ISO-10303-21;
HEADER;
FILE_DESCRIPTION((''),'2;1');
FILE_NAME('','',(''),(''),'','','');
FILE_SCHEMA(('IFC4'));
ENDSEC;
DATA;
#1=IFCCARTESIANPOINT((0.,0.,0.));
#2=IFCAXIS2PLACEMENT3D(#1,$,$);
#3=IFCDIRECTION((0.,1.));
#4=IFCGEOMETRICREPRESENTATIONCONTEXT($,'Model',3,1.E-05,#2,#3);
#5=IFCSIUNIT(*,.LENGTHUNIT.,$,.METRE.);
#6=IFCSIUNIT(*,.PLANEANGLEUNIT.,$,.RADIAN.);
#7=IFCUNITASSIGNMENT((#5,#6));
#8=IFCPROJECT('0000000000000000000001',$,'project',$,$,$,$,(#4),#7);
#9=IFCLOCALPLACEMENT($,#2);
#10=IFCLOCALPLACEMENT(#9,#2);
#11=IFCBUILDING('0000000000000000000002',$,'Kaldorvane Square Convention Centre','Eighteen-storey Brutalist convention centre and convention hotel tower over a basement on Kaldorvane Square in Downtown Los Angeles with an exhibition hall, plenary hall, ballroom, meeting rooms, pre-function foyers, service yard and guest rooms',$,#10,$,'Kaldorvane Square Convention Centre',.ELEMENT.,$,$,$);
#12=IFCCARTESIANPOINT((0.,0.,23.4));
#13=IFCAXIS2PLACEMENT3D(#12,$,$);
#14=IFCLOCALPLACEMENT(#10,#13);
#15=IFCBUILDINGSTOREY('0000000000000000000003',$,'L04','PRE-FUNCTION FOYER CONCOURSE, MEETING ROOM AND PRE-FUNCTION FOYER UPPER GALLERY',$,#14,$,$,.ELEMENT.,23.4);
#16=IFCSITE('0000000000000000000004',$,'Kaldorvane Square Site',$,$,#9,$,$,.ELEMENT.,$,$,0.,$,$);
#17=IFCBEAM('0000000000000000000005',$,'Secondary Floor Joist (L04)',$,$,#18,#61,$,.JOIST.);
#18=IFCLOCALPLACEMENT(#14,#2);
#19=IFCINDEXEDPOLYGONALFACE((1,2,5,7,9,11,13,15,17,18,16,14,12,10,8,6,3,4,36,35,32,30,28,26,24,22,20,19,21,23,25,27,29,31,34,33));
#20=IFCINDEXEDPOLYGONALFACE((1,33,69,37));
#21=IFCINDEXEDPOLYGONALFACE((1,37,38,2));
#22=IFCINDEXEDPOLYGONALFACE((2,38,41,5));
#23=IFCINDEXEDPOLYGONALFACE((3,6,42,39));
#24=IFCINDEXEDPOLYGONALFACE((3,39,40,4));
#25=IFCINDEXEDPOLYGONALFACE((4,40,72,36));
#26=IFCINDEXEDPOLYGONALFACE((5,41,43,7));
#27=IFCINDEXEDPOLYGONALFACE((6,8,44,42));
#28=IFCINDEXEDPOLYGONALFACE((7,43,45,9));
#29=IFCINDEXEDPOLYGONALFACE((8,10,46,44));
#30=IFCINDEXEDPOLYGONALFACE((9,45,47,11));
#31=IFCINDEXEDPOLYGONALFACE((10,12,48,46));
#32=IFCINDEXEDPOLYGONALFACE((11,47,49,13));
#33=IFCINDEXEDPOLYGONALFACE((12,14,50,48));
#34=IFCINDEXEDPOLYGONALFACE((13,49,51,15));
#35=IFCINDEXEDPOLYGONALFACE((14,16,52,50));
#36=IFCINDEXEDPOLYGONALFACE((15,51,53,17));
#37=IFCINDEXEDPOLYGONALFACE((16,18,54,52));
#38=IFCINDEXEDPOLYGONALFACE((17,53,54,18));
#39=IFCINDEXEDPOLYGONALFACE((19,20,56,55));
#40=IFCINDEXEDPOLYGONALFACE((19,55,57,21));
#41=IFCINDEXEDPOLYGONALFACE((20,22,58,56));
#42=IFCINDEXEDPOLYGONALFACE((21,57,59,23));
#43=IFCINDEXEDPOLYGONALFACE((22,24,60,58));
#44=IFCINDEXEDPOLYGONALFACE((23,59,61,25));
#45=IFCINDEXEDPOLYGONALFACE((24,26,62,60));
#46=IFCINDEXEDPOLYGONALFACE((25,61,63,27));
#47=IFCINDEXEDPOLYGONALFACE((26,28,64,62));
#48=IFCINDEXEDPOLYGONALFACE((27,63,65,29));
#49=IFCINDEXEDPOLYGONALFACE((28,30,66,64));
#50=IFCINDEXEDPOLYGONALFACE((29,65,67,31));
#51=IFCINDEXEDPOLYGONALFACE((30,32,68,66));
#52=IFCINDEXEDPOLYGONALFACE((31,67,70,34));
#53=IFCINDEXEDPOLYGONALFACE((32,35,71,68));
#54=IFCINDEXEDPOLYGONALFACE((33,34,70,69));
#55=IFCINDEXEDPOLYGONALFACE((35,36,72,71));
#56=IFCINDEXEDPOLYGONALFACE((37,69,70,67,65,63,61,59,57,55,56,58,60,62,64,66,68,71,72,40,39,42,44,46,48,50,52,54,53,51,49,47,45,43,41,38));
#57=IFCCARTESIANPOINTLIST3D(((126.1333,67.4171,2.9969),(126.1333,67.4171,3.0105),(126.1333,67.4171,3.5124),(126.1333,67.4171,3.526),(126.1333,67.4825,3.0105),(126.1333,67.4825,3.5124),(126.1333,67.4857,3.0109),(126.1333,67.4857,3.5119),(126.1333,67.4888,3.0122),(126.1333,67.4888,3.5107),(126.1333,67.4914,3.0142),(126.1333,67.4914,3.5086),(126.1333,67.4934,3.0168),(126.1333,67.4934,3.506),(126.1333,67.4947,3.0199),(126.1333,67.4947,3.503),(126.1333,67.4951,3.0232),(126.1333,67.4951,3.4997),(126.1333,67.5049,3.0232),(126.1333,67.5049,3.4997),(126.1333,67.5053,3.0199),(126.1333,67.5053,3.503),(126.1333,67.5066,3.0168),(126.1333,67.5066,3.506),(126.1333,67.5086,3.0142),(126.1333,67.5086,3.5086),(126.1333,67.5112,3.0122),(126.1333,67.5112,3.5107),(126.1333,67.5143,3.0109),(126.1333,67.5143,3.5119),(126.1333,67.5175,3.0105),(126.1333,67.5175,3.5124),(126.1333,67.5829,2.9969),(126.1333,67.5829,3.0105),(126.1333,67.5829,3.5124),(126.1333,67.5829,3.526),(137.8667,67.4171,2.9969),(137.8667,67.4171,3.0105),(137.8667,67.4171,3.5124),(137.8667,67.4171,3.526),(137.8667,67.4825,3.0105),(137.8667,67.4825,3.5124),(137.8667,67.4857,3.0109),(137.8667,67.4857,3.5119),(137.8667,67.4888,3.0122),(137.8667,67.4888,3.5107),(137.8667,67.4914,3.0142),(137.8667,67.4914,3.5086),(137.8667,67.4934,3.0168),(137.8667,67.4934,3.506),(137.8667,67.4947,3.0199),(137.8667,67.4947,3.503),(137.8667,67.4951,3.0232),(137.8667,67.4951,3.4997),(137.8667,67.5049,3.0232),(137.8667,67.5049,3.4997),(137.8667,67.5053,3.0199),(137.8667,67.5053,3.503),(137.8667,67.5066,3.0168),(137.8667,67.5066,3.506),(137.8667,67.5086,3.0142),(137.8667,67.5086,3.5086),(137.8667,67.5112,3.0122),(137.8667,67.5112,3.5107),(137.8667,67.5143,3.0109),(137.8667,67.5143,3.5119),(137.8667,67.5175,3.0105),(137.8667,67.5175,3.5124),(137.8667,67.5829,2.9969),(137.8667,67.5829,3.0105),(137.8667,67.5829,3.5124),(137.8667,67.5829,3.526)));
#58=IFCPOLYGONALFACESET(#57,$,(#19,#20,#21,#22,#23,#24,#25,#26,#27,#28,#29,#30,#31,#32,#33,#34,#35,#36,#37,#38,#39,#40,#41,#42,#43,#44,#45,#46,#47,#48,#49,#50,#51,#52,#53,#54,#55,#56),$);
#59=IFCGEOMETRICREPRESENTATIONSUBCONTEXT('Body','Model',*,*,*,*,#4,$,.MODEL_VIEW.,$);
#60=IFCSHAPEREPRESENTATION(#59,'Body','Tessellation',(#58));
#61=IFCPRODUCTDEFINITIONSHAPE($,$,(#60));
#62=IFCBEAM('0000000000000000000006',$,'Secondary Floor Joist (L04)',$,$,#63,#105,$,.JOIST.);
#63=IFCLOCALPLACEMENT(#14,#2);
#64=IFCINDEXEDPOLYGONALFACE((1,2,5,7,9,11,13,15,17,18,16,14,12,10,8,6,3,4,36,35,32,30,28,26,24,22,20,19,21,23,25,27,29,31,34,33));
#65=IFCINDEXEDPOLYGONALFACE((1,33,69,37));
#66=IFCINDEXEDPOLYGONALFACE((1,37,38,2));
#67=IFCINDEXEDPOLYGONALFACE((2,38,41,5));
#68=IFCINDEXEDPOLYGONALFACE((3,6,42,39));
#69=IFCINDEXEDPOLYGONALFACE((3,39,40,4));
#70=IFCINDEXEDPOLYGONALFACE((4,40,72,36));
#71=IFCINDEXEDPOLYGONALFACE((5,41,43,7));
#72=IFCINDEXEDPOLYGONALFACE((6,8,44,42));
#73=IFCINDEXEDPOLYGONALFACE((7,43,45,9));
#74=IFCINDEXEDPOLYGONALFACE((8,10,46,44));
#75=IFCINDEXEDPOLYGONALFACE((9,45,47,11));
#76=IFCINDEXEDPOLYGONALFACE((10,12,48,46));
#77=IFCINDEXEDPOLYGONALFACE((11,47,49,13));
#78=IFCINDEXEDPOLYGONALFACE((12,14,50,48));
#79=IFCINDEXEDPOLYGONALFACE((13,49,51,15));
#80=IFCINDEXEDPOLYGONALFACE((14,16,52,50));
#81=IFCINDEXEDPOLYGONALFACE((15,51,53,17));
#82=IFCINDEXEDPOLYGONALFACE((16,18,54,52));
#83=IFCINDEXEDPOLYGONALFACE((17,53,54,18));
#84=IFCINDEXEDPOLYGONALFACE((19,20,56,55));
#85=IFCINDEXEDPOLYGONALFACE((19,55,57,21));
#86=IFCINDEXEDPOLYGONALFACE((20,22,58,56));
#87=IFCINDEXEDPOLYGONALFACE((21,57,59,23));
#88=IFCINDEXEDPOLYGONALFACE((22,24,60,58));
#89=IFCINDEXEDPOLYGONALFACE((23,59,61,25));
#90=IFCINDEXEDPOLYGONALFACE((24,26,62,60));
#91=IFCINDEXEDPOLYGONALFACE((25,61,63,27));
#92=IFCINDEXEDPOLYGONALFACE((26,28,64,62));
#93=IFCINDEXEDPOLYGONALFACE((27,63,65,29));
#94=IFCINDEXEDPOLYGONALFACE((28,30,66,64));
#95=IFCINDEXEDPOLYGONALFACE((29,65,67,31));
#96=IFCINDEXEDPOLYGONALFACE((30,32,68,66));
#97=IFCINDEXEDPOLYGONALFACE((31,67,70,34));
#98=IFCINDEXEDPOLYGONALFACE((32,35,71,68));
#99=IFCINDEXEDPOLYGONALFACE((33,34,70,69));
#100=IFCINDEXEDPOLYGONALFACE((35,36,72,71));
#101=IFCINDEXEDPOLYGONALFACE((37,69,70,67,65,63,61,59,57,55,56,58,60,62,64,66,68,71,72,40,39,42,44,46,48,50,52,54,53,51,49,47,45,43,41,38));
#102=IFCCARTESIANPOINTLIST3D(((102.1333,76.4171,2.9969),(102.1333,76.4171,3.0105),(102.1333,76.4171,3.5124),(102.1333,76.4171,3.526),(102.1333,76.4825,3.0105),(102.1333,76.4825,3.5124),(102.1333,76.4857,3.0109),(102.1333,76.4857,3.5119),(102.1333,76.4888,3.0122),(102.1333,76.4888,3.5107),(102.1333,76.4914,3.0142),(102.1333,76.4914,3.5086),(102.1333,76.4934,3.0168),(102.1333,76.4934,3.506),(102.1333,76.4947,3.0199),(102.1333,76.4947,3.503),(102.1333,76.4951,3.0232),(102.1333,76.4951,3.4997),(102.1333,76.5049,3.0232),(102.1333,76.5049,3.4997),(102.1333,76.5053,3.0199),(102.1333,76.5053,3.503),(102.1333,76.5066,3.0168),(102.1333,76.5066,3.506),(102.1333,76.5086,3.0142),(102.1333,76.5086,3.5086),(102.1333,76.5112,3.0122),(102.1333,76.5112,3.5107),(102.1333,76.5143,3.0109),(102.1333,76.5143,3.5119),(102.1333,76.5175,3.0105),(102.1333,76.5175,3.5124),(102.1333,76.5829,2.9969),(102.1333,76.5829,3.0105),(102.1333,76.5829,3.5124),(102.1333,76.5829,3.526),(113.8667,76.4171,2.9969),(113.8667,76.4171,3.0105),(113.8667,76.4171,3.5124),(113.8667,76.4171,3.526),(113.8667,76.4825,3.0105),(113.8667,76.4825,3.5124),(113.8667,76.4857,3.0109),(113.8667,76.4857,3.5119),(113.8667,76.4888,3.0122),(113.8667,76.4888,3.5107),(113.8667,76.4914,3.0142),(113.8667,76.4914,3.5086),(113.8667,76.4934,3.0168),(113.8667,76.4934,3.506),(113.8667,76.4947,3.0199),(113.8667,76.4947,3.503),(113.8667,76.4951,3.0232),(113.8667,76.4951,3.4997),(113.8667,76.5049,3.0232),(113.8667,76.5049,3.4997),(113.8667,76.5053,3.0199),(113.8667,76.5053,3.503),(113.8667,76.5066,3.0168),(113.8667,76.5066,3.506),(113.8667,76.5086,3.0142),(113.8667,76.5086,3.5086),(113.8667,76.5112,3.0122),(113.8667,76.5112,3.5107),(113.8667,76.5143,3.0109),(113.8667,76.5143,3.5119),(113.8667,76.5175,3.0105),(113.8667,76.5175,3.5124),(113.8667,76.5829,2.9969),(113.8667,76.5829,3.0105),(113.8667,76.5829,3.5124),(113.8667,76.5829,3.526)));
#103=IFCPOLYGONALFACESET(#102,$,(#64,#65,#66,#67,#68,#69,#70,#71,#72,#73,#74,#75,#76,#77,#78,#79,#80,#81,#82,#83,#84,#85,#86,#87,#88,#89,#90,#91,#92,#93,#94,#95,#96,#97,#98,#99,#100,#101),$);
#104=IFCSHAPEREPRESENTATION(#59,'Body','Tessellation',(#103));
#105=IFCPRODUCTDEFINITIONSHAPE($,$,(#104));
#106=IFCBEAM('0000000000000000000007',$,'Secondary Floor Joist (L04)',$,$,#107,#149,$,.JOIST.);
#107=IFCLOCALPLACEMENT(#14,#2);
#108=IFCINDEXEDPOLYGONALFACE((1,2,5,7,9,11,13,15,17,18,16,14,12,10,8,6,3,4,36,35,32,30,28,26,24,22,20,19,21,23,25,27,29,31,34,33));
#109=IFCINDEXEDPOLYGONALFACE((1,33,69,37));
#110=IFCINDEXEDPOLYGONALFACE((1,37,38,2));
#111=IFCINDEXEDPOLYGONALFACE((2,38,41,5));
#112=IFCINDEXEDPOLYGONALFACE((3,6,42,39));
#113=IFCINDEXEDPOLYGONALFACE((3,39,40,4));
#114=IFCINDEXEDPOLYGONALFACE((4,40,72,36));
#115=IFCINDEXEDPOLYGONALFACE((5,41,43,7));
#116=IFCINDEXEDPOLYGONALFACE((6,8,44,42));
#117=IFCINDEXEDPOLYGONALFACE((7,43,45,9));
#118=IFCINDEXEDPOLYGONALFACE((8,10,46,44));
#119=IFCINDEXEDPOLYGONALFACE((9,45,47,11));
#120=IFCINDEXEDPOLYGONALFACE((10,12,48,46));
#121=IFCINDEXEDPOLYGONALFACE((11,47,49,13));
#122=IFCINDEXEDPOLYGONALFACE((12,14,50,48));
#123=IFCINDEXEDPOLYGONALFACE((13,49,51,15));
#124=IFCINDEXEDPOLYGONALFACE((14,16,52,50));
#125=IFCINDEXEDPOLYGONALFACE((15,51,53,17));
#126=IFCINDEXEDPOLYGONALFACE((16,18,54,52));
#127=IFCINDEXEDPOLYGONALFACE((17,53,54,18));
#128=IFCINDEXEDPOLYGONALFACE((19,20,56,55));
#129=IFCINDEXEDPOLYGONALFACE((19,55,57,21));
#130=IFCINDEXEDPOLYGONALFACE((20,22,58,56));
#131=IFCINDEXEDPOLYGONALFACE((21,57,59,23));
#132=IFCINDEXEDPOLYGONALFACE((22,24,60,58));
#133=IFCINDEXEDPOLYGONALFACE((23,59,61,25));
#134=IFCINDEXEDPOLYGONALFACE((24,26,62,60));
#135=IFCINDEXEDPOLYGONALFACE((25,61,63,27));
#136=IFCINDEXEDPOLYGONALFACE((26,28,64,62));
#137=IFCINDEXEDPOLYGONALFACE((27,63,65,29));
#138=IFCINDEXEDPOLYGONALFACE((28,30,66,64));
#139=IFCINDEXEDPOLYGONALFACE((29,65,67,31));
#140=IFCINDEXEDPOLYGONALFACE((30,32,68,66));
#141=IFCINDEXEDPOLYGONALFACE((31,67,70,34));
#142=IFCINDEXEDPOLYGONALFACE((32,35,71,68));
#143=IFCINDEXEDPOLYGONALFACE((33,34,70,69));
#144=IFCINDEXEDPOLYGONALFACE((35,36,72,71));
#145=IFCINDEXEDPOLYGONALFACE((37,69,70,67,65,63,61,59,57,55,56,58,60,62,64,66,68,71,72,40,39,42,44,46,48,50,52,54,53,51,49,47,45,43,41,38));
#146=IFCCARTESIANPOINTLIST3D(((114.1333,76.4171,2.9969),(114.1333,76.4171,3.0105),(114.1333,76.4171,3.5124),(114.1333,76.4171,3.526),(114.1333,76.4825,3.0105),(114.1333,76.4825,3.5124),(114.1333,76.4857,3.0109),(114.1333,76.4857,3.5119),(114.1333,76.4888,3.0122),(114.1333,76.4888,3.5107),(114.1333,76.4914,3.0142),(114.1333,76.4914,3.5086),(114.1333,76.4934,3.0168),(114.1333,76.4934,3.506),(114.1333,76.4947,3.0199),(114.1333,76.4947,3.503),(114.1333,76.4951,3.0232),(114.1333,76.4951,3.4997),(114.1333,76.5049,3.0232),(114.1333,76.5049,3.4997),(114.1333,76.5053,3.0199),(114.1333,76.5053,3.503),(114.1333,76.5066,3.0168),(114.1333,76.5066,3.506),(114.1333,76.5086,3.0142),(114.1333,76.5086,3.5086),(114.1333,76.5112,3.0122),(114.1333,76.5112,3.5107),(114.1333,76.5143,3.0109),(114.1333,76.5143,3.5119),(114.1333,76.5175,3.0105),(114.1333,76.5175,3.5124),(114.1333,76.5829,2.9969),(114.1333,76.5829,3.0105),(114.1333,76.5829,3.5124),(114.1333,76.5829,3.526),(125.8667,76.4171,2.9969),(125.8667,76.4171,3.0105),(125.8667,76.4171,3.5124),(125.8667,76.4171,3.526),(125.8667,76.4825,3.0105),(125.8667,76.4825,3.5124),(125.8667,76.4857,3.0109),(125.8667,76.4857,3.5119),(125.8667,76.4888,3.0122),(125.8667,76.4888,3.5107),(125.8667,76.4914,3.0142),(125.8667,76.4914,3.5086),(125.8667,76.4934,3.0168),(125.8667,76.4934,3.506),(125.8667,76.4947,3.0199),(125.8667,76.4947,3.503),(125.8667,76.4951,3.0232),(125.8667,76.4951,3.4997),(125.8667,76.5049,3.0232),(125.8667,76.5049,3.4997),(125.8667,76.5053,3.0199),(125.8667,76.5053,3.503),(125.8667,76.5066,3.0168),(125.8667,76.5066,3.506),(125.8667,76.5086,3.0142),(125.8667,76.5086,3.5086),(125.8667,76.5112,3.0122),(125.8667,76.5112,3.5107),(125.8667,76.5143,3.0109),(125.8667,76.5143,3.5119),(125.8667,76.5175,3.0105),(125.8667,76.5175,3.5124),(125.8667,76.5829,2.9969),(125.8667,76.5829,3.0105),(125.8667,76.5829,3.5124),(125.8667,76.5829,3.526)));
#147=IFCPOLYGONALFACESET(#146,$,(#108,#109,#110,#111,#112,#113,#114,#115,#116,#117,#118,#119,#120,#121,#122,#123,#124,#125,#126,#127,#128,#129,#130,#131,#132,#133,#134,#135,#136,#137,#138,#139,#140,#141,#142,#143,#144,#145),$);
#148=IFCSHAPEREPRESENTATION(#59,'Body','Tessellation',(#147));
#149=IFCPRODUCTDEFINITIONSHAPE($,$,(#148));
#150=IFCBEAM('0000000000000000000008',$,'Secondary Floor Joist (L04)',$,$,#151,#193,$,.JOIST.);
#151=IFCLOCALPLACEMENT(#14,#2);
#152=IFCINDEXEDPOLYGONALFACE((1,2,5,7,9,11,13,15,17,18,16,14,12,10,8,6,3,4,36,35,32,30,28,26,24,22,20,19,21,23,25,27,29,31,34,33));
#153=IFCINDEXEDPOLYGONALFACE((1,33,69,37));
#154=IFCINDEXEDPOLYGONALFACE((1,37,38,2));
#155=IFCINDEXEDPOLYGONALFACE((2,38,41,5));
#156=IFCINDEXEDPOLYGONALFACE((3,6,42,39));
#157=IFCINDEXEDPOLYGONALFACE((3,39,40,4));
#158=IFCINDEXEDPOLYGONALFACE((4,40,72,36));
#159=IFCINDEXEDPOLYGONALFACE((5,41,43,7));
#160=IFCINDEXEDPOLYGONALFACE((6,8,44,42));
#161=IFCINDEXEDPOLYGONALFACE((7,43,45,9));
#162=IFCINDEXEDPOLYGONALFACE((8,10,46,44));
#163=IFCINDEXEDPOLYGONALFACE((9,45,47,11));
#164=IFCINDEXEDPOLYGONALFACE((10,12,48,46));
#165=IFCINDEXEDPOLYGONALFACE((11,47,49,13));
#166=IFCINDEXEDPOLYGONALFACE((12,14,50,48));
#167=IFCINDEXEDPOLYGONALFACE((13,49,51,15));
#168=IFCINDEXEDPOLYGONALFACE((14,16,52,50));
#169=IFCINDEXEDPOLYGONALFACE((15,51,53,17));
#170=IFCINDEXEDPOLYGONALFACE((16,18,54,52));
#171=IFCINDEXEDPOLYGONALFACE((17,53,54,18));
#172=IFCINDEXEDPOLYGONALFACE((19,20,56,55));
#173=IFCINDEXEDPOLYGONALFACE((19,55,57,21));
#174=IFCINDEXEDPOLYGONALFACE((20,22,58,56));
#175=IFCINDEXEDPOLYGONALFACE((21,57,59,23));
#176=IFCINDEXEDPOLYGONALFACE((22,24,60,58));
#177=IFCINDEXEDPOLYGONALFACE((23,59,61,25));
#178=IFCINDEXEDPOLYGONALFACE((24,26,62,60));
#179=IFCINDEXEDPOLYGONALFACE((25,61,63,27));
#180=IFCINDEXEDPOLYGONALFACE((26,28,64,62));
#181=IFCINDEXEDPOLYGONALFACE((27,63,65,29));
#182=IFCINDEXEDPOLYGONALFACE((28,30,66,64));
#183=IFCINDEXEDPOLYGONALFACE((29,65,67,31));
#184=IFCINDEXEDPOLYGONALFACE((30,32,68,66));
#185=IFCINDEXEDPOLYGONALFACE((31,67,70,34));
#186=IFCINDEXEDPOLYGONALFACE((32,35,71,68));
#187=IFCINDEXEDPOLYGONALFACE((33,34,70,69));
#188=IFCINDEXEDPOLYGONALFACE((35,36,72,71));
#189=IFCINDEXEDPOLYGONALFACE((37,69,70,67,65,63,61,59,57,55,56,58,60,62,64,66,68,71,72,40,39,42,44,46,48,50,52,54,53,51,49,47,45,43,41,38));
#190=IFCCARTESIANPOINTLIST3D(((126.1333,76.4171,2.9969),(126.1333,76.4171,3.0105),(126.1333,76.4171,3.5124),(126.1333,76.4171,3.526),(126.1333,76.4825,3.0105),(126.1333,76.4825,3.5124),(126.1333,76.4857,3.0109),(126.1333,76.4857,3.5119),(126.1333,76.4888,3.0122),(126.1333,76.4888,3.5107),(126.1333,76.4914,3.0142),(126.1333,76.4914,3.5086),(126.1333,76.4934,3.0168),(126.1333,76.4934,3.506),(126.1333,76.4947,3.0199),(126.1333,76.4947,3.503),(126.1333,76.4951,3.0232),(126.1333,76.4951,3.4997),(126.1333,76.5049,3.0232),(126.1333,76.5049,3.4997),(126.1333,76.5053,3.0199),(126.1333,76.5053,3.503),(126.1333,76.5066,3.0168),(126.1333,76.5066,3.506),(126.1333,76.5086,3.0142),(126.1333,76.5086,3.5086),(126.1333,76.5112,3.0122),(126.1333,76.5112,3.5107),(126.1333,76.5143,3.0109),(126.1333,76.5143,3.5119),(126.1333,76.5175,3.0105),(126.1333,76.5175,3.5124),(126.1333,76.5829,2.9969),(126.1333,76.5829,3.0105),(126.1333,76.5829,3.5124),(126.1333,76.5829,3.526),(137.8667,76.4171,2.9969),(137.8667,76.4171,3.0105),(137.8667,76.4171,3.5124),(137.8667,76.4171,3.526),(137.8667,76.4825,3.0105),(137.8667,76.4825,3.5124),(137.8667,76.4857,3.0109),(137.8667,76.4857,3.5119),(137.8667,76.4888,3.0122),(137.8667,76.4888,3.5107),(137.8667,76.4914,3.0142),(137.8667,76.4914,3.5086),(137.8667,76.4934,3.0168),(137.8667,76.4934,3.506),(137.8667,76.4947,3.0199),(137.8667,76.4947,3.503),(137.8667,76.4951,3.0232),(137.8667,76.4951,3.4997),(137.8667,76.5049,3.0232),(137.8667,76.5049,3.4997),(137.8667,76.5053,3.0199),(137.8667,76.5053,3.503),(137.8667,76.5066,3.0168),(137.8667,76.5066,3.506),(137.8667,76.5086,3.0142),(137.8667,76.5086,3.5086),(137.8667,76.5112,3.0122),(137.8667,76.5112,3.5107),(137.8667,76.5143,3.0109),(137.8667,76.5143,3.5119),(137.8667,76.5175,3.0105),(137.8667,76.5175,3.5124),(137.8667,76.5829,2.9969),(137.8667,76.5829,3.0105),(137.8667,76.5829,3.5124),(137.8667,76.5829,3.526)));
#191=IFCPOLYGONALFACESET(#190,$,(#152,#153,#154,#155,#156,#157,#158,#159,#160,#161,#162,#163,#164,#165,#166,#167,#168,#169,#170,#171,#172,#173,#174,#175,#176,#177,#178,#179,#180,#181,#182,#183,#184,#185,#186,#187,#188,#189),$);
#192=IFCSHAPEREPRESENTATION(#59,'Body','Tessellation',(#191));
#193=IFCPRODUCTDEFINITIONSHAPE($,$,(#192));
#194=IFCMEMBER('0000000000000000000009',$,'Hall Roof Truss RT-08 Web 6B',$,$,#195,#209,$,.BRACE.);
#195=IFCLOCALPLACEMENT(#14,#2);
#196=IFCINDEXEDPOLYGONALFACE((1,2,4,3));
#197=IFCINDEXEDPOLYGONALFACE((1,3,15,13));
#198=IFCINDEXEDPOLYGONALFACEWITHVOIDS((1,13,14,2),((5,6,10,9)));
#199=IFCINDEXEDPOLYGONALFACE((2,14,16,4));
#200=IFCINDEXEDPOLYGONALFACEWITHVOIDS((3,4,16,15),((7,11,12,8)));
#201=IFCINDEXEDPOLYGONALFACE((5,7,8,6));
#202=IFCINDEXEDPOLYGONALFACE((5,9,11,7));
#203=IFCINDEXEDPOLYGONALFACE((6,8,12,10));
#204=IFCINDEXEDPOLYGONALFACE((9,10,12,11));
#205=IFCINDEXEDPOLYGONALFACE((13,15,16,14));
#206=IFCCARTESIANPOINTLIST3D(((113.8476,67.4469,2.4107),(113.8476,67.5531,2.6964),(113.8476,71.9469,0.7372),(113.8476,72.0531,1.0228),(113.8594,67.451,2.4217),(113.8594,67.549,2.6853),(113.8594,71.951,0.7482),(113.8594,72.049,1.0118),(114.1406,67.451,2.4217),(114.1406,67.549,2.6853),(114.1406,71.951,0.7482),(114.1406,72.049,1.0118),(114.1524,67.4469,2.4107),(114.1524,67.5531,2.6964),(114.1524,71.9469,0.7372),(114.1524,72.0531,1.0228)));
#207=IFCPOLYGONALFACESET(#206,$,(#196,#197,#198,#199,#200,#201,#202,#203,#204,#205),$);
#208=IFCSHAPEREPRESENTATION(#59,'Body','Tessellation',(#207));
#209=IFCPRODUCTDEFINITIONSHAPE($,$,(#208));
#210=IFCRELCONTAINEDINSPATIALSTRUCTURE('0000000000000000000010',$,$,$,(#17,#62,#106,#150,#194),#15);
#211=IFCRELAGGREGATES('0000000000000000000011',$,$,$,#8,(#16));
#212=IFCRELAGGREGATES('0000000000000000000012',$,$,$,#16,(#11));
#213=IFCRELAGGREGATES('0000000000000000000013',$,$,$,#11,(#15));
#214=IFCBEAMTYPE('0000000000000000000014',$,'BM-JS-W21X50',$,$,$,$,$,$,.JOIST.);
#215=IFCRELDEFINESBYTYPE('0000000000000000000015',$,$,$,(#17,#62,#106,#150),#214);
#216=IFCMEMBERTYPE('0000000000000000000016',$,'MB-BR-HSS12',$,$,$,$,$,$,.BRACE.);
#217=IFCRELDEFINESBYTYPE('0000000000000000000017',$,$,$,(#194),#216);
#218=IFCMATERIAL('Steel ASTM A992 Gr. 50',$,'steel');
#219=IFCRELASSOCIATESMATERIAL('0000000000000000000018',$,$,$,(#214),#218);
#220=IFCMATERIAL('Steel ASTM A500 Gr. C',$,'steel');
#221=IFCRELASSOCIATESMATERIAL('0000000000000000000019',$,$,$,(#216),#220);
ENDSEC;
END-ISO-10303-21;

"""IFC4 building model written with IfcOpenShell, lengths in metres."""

from ifc_helpers import new_model, si_unit, direction, frame, origin, origin_2d, place, context, subcontext, project, spatial, hollow_rectangle, i_section, extrude, material, material_profile, profile_set, type_object, element, save


model = new_model("IFC4")

# Units and contexts
model_context = context("Model", 3, precision=1e-05, world=origin(), true_north=direction((0.0, 1.0)))
body_context = subcontext(model_context, "Body", "Model", "MODEL_VIEW")
ifc_project = project(units=[si_unit("LENGTHUNIT", "METRE"), si_unit("PLANEANGLEUNIT", "RADIAN")], contexts=[model_context])

# Site, building, storey
site_placement = place(None, origin())
site = spatial("IfcSite", under=ifc_project, at=site_placement, Name="Kaldorvane Square Site", CompositionType="ELEMENT", RefElevation=0.0)
building_placement = place(site_placement, origin())
building = spatial("IfcBuilding", under=site, at=building_placement, Name="Kaldorvane Square Convention Centre", Description="Eighteen-storey Brutalist convention centre and convention hotel tower over a basement on Kaldorvane Square in Downtown Los Angeles with an exhibition hall, plenary hall, ballroom, meeting rooms, pre-function foyers, service yard and guest rooms", LongName="Kaldorvane Square Convention Centre", CompositionType="ELEMENT")
storey_placement = place(building_placement, frame((0.0, 0.0, 23.4)))
storey = spatial("IfcBuildingStorey", under=building, at=storey_placement, Name="L04", Description="PRE-FUNCTION FOYER CONCOURSE, MEETING ROOM AND PRE-FUNCTION FOYER UPPER GALLERY", CompositionType="ELEMENT", Elevation=23.4)

# Shared definitions
ifc_material_1 = material(Name="Steel ASTM A992 Gr. 50", Category="steel")

# Beams
ifc_material_profile_1 = material_profile(ifc_material_1, i_section(OverallWidth=0.1659, OverallDepth=0.5291, WebThickness=0.0097, FlangeThickness=0.0136, FilletRadius=0.0127, at=origin_2d()), Name="W21X50")
ifc_profile_set_1 = profile_set([ifc_material_profile_1], Name="Steel ASTM A992 Gr. 50")
beam_type_1 = type_object("IfcBeamType", Name="BM-JS-W21X50", PredefinedType="JOIST", material=ifc_profile_set_1)
for number, where, z_axis, x_axis, name in (
    (1, (126.1333, 67.5, 3.2614), (1.0, 0.0, 0.0), (0.0, 1.0, 0.0), "Secondary Floor Joist (L04)"),
    (2, (102.1333, 76.5, 3.2614), (1.0, 0.0, 0.0), (0.0, 1.0, 0.0), "Secondary Floor Joist (L04)"),
    (3, (114.1333, 76.5, 3.2614), (1.0, 0.0, 0.0), (0.0, 1.0, 0.0), "Secondary Floor Joist (L04)"),
    (4, (126.1333, 76.5, 3.2614), (1.0, 0.0, 0.0), (0.0, 1.0, 0.0), "Secondary Floor Joist (L04)"),
):
    element("IfcBeam", number, at=place(storey_placement, frame(where, z_axis=z_axis, x_axis=x_axis)), inside=storey, type_object=beam_type_1, Name=name, PredefinedType="JOIST", context=body_context, shape_type="SweptSolid", body=[
        extrude(i_section(OverallWidth=0.1659, OverallDepth=0.5291, WebThickness=0.0097, FlangeThickness=0.0136, FilletRadius=0.0127, at=origin_2d()), origin(), (0.0, 0.0, 1.0), 11.7334),
    ])

# Member
ifc_material_2 = material(Name="Steel ASTM A500 Gr. C", Category="steel")
ifc_material_profile_2 = material_profile(ifc_material_2, hollow_rectangle(XDim=0.3048, YDim=0.3048, WallThickness=0.0118, at=origin_2d()), Name="HSS12X12X1/2")
ifc_profile_set_2 = profile_set([ifc_material_profile_2], Name="Steel ASTM A500 Gr. C")
member_type_1 = type_object("IfcMemberType", Name="MB-BR-HSS12", PredefinedType="BRACE", material=ifc_profile_set_2)
member_1_placement = place(storey_placement, frame((114.0, 67.5, 2.5535), z_axis=(0.0, 0.937284, -0.348567), x_axis=(-1.0, 0.0, 0.0)))
element("IfcMember", 5, at=member_1_placement, inside=storey, type_object=member_type_1, Name="Hall Roof Truss RT-08 Web 6B", PredefinedType="BRACE", context=body_context, shape_type="SweptSolid", body=[
    extrude(hollow_rectangle(XDim=0.3048, YDim=0.3048, WallThickness=0.0118, at=origin_2d()), origin(), (0.0, 0.0, 1.0), 4.8011),
])

save(model, "model.ifc")
